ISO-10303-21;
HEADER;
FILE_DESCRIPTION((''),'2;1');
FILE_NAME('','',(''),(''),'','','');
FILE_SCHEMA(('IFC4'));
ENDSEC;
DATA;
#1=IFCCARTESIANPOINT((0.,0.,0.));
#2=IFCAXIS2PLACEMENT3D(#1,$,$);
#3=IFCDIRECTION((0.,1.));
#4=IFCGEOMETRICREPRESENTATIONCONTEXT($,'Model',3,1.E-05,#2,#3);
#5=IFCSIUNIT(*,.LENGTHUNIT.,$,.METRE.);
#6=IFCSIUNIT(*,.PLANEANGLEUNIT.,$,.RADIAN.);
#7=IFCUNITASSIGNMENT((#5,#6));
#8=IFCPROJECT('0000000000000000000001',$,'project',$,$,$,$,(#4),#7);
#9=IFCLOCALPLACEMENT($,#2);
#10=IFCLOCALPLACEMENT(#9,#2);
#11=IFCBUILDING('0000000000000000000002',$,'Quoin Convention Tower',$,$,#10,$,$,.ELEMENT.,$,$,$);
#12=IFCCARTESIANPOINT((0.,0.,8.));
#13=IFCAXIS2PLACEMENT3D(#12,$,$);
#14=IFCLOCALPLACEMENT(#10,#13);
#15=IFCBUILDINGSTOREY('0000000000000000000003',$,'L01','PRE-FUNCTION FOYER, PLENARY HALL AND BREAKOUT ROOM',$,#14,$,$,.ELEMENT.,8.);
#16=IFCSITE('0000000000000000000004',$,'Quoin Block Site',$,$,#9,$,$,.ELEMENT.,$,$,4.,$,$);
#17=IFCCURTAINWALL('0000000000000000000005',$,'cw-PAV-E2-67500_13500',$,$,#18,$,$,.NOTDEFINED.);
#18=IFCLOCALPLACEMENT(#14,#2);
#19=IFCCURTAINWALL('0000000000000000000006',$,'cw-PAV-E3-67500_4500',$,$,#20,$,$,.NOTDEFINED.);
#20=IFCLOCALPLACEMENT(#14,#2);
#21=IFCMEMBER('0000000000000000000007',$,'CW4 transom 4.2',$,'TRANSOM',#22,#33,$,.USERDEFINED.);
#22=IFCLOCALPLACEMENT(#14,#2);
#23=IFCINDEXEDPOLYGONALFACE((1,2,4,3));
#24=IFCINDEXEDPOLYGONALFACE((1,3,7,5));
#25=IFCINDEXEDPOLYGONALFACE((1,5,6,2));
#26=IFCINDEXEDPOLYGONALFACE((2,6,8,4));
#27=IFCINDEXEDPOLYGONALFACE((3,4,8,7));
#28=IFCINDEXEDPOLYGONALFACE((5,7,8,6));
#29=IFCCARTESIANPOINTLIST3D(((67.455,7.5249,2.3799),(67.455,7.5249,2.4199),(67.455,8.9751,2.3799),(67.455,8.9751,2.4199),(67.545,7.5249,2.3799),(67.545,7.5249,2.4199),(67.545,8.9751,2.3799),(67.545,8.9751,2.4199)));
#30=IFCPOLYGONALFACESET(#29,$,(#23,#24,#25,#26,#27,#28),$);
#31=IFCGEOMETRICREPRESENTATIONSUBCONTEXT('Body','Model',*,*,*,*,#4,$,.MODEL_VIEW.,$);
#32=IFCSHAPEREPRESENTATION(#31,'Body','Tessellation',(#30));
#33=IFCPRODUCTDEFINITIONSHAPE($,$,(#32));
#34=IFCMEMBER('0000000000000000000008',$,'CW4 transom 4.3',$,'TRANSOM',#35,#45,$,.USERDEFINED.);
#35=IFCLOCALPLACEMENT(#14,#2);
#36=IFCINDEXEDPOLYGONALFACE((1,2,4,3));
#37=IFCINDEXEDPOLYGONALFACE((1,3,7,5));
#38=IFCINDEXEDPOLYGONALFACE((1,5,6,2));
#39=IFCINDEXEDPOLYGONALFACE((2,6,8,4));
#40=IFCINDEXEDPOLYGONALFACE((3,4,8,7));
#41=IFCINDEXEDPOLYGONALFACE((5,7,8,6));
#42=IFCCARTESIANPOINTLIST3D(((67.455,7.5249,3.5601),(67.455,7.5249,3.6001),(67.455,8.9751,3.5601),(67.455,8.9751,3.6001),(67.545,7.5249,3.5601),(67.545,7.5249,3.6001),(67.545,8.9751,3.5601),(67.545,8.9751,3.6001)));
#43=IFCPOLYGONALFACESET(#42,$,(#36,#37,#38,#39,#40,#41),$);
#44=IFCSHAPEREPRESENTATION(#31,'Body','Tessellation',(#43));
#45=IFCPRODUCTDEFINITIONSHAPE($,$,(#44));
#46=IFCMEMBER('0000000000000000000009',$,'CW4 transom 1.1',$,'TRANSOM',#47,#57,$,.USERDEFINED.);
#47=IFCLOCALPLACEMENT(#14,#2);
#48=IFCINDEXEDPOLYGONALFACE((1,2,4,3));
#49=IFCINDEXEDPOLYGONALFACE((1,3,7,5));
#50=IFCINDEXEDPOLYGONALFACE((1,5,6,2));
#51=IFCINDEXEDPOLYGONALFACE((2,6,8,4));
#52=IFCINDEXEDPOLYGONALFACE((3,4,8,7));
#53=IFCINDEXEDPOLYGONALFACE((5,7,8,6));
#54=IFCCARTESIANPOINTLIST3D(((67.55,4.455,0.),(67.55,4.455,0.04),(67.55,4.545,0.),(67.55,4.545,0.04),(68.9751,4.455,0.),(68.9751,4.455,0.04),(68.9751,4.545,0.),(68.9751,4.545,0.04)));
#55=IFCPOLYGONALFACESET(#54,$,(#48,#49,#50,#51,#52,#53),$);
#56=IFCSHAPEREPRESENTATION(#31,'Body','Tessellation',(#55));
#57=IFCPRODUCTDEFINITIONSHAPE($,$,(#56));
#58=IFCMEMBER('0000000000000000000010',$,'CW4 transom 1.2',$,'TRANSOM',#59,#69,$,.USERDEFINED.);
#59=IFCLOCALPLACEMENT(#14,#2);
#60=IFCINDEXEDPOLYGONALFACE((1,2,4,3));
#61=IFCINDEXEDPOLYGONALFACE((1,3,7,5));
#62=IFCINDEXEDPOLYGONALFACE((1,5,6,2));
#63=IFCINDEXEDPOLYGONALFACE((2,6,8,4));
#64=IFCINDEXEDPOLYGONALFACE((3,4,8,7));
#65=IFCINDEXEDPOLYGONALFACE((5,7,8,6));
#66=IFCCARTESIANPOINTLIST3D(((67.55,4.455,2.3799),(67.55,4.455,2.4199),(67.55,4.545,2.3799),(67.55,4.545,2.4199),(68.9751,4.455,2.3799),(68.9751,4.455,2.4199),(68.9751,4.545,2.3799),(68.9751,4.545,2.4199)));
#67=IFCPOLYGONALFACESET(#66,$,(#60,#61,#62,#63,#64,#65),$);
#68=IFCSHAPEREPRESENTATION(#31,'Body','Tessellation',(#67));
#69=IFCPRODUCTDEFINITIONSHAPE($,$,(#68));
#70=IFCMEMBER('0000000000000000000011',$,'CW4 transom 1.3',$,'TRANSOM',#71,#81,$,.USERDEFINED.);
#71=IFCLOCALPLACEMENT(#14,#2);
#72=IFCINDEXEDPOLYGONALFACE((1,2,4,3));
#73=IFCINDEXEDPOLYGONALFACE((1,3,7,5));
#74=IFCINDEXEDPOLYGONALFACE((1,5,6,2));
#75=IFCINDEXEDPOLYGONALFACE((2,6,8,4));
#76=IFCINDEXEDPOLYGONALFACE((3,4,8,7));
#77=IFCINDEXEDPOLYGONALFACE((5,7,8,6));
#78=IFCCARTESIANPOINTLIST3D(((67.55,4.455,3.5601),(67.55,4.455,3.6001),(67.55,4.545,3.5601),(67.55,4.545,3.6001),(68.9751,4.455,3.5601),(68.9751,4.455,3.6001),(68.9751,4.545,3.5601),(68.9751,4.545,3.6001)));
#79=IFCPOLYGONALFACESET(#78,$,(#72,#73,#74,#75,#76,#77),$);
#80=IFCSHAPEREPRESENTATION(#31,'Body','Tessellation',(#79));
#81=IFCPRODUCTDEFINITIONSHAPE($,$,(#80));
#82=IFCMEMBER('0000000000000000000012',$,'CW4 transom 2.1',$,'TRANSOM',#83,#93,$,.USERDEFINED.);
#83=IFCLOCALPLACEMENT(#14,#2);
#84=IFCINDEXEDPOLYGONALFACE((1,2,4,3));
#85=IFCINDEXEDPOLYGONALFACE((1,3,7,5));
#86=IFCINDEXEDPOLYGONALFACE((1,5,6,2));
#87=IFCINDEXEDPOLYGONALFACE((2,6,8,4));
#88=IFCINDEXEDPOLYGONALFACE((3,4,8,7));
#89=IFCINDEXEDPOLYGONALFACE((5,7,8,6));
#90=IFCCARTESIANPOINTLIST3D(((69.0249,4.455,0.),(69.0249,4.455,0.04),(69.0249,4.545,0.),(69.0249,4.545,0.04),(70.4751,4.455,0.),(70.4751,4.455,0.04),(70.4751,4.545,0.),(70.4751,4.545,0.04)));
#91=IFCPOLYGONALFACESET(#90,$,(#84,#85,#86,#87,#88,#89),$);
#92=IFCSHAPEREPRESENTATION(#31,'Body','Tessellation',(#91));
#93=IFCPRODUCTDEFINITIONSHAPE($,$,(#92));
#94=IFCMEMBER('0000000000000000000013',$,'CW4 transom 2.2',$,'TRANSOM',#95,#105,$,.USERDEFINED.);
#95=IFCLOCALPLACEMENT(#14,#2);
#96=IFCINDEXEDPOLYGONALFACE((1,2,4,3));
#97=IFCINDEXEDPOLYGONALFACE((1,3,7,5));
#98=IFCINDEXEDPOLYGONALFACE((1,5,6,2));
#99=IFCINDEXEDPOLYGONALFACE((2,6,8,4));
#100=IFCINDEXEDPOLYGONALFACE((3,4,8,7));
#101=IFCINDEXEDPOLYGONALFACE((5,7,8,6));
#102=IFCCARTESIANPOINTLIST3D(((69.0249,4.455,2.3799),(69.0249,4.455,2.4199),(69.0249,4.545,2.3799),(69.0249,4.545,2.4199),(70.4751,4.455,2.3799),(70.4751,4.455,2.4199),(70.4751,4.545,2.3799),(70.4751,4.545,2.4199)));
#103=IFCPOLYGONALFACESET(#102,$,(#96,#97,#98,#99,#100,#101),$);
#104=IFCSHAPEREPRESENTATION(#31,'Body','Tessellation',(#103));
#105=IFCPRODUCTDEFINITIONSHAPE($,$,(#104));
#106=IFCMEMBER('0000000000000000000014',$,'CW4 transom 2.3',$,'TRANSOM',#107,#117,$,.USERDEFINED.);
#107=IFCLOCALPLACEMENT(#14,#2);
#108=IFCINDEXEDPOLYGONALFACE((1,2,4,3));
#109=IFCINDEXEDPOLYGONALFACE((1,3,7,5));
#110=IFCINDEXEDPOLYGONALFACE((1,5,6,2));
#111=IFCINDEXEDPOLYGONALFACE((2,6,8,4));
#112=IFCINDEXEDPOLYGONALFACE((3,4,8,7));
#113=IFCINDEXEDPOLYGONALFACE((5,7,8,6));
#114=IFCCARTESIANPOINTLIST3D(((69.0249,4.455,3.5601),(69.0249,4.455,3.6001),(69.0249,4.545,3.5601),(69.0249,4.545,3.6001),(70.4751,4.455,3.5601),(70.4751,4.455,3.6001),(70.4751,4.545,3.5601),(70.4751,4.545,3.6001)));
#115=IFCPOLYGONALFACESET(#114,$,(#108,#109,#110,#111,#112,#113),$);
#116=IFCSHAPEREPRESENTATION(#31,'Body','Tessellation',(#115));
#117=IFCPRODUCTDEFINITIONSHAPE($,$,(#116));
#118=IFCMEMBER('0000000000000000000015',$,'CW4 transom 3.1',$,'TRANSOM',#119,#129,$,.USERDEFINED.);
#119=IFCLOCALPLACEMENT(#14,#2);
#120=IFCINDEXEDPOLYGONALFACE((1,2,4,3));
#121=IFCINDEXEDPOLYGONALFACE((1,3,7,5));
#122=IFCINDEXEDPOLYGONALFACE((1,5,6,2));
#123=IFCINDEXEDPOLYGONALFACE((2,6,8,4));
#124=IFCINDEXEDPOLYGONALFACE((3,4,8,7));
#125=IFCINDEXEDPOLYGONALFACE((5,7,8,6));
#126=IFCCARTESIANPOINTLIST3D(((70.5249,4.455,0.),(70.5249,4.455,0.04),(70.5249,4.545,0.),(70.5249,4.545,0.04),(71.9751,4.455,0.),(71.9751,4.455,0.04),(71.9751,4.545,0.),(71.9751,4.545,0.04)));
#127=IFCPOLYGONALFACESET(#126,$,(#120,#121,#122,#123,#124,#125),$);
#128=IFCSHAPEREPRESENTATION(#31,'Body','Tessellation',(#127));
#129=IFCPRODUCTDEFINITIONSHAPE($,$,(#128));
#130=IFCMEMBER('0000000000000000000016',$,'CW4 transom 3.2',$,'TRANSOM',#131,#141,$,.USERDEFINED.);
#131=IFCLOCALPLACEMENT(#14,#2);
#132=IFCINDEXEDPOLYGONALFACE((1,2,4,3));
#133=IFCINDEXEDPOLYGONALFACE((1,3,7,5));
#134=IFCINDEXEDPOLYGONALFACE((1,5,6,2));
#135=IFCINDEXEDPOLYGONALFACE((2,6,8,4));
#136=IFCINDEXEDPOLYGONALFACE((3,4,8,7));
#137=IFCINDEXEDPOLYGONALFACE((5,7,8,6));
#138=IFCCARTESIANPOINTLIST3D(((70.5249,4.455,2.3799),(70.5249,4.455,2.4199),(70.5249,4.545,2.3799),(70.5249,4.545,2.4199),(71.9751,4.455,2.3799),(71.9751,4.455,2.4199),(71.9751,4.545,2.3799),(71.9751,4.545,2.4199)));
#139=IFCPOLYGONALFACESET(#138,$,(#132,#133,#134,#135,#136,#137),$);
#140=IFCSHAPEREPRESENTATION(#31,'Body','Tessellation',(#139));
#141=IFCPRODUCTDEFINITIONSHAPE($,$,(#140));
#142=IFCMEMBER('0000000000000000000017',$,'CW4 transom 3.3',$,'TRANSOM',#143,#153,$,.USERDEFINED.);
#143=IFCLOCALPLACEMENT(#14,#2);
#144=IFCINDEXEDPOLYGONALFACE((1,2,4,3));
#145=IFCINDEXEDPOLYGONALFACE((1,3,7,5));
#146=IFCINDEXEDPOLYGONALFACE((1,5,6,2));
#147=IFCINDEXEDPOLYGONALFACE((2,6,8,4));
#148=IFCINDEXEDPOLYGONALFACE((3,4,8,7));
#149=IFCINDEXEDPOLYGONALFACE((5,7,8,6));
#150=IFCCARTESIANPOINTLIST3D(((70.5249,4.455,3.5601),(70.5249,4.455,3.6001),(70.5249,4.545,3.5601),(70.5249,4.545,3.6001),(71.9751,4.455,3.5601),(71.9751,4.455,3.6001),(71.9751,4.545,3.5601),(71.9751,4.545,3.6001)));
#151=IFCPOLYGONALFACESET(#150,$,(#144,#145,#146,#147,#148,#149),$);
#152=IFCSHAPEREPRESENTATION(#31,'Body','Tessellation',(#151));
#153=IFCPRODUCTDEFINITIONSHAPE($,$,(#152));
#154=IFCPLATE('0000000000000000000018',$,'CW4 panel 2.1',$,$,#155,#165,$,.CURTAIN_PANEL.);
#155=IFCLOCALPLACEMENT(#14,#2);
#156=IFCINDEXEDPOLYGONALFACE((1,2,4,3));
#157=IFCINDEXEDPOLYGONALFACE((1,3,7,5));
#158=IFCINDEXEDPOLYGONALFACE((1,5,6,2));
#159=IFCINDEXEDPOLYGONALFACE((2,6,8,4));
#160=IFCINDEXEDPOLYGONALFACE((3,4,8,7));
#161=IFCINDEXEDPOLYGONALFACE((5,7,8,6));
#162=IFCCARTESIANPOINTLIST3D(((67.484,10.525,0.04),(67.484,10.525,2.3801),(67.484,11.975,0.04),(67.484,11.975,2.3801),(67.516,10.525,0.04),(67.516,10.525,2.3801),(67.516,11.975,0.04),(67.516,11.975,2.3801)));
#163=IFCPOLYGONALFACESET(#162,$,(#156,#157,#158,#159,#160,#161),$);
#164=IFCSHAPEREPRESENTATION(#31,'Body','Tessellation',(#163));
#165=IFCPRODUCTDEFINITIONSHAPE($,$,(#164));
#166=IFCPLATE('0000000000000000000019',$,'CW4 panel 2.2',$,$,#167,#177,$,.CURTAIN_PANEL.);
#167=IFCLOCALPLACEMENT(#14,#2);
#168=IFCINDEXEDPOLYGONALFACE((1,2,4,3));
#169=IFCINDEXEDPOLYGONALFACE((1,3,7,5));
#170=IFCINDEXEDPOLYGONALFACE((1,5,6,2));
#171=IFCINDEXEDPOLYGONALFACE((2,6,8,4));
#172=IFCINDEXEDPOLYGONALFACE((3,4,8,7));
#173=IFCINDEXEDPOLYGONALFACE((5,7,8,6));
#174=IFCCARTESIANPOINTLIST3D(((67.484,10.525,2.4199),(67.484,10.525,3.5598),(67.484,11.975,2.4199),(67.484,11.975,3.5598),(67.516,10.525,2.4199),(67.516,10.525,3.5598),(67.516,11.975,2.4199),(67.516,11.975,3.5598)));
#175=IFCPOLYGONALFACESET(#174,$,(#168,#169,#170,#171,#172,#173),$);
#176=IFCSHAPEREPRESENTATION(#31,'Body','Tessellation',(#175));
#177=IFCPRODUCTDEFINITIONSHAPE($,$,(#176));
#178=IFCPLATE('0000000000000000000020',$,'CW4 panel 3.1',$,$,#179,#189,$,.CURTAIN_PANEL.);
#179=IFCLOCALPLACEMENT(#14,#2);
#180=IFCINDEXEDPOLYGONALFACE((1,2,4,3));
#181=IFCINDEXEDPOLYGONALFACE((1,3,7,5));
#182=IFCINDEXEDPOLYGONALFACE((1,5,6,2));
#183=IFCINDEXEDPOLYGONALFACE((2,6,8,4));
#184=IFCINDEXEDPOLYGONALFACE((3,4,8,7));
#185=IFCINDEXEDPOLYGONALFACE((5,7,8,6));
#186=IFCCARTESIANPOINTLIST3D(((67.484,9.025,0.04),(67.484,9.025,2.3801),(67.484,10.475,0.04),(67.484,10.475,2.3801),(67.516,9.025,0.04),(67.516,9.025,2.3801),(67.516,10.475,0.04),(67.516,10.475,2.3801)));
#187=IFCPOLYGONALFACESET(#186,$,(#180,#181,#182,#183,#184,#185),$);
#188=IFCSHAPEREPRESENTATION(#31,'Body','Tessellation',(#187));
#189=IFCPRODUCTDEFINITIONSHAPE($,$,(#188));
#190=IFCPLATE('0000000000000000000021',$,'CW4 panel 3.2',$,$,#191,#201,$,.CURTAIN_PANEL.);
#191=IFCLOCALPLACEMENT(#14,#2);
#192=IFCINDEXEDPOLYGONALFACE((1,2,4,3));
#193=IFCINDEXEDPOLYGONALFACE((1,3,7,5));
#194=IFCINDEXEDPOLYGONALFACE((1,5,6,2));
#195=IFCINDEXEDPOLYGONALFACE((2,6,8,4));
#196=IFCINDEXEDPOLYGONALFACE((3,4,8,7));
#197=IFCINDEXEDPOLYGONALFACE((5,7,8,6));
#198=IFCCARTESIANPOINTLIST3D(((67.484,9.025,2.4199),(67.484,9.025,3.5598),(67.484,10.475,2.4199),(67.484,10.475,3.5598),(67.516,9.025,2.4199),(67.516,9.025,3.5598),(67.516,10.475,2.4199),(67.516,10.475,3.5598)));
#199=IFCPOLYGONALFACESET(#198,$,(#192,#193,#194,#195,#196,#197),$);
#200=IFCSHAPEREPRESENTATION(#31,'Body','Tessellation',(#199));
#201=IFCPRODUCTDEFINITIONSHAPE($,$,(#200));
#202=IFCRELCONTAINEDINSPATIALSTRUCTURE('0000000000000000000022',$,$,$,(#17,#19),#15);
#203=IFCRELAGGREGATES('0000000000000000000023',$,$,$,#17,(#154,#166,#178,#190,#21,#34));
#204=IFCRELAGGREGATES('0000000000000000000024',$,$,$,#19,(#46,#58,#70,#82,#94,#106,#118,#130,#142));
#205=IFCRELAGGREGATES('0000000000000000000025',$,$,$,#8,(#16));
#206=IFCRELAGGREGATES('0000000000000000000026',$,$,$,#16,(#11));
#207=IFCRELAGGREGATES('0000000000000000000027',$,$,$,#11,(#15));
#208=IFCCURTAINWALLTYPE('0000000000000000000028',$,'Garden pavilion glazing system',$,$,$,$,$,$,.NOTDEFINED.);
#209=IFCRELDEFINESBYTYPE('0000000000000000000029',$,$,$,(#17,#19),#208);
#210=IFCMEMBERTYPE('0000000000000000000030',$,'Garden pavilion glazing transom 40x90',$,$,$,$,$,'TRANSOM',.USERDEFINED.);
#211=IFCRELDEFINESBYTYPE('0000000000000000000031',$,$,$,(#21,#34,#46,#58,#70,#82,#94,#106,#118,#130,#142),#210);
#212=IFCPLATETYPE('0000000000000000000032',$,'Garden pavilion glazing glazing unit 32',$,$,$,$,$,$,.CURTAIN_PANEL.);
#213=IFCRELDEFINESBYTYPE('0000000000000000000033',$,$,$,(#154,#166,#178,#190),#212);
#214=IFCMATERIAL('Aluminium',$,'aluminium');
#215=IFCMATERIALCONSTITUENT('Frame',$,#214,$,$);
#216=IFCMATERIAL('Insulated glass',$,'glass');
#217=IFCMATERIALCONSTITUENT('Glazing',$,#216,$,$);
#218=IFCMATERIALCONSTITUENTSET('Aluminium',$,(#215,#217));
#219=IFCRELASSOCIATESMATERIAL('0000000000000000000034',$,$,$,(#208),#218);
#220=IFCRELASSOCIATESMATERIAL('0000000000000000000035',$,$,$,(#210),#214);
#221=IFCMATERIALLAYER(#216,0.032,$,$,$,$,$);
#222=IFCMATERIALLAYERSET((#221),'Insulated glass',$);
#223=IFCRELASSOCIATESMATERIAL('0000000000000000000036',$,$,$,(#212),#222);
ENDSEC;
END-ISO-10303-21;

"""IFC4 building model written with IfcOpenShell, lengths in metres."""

from ifc_helpers import new_model, si_unit, direction, frame, origin, origin_2d, place, context, subcontext, project, spatial, rectangle, extrude, material, layer, layer_set, constituent, constituent_set, material_profile, profile_set, type_object, element, aggregate, save


model = new_model("IFC4")

# Units and contexts
model_context = context("Model", 3, precision=1e-05, world=origin(), true_north=direction((0.0, 1.0)))
body_context = subcontext(model_context, "Body", "Model", "MODEL_VIEW")
ifc_project = project(units=[si_unit("LENGTHUNIT", "METRE"), si_unit("PLANEANGLEUNIT", "RADIAN")], contexts=[model_context])

# Site, building, storey
site_placement = place(None, origin())
site = spatial("IfcSite", under=ifc_project, at=site_placement, Name="Quoin Block Site", CompositionType="ELEMENT", RefElevation=4.0)
building_placement = place(site_placement, origin())
building = spatial("IfcBuilding", under=site, at=building_placement, Name="Quoin Convention Tower", CompositionType="ELEMENT")
storey_placement = place(building_placement, frame((0.0, 0.0, 8.0)))
storey = spatial("IfcBuildingStorey", under=building, at=storey_placement, Name="L01", Description="PRE-FUNCTION FOYER, PLENARY HALL AND BREAKOUT ROOM", CompositionType="ELEMENT", Elevation=8.0)

# Curtain walls
ifc_material_1 = material(Name="Aluminium", Category="aluminium")
ifc_constituent_1 = constituent(ifc_material_1, Name="Frame")
ifc_material_2 = material(Name="Insulated glass", Category="glass")
ifc_constituent_2 = constituent(ifc_material_2, Name="Glazing")
ifc_constituent_set = constituent_set(constituents=[ifc_constituent_1, ifc_constituent_2], Name="Aluminium")
curtain_wall_type = type_object("IfcCurtainWallType", Name="Garden pavilion glazing system", PredefinedType="NOTDEFINED", material=ifc_constituent_set)
curtain_wall_1_placement = place(storey_placement, origin())
curtain_wall_1 = element("IfcCurtainWall", 1, at=curtain_wall_1_placement, inside=storey, type_object=curtain_wall_type, Name="cw-PAV-E2-67500_13500", PredefinedType="NOTDEFINED")
curtain_wall_2_placement = place(storey_placement, origin())
curtain_wall_2 = element("IfcCurtainWall", 2, at=curtain_wall_2_placement, inside=storey, type_object=curtain_wall_type, Name="cw-PAV-E3-67500_4500", PredefinedType="NOTDEFINED")

# Members
ifc_material_profile_1 = material_profile(ifc_material_1, rectangle(XDim=0.0901, YDim=0.04, at=origin_2d()), Name="Garden pavilion glazing transom 40x90")
ifc_profile_set_1 = profile_set([ifc_material_profile_1], Name="Aluminium")
member_type_1 = type_object("IfcMemberType", Name="Garden pavilion glazing transom 40x90", ElementType="TRANSOM", PredefinedType="USERDEFINED", material=ifc_profile_set_1)
member_1_placement = place(storey_placement, frame((67.5, 8.9751, 2.3999), z_axis=(0.0, -1.0, 0.0), x_axis=(1.0, 0.0, 0.0)))
member_1 = element("IfcMember", 3, at=member_1_placement, type_object=member_type_1, Name="CW4 transom 4.2", ObjectType="TRANSOM", PredefinedType="USERDEFINED", context=body_context, shape_type="SweptSolid", body=[
    extrude(rectangle(XDim=0.0901, YDim=0.04, at=origin_2d()), origin(), (0.0, 0.0, 1.0), 1.4502),
])
member_2_placement = place(storey_placement, frame((67.5, 8.9751, 3.5801), z_axis=(0.0, -1.0, 0.0), x_axis=(1.0, 0.0, 0.0)))
member_2 = element("IfcMember", 4, at=member_2_placement, type_object=member_type_1, Name="CW4 transom 4.3", ObjectType="TRANSOM", PredefinedType="USERDEFINED", context=body_context, shape_type="SweptSolid", body=[
    extrude(rectangle(XDim=0.0901, YDim=0.04, at=origin_2d()), origin(), (0.0, 0.0, 1.0), 1.4502),
])
member_3_placement = place(storey_placement, frame((67.55, 4.5, 0.02), z_axis=(1.0, 0.0, 0.0), x_axis=(0.0, 1.0, 0.0)))
member_3 = element("IfcMember", 5, at=member_3_placement, type_object=member_type_1, Name="CW4 transom 1.1", ObjectType="TRANSOM", PredefinedType="USERDEFINED", context=body_context, shape_type="SweptSolid", body=[
    extrude(rectangle(XDim=0.0901, YDim=0.04, at=origin_2d()), origin(), (0.0, 0.0, 1.0), 1.425),
])
member_4_placement = place(storey_placement, frame((67.55, 4.5, 2.3999), z_axis=(1.0, 0.0, 0.0), x_axis=(0.0, 1.0, 0.0)))
member_4 = element("IfcMember", 6, at=member_4_placement, type_object=member_type_1, Name="CW4 transom 1.2", ObjectType="TRANSOM", PredefinedType="USERDEFINED", context=body_context, shape_type="SweptSolid", body=[
    extrude(rectangle(XDim=0.0901, YDim=0.04, at=origin_2d()), origin(), (0.0, 0.0, 1.0), 1.425),
])
member_5_placement = place(storey_placement, frame((67.55, 4.5, 3.5801), z_axis=(1.0, 0.0, 0.0), x_axis=(0.0, 1.0, 0.0)))
member_5 = element("IfcMember", 7, at=member_5_placement, type_object=member_type_1, Name="CW4 transom 1.3", ObjectType="TRANSOM", PredefinedType="USERDEFINED", context=body_context, shape_type="SweptSolid", body=[
    extrude(rectangle(XDim=0.0901, YDim=0.04, at=origin_2d()), origin(), (0.0, 0.0, 1.0), 1.425),
])
member_6_placement = place(storey_placement, frame((69.0249, 4.5, 0.02), z_axis=(1.0, 0.0, 0.0), x_axis=(0.0, 1.0, 0.0)))
member_6 = element("IfcMember", 8, at=member_6_placement, type_object=member_type_1, Name="CW4 transom 2.1", ObjectType="TRANSOM", PredefinedType="USERDEFINED", context=body_context, shape_type="SweptSolid", body=[
    extrude(rectangle(XDim=0.0901, YDim=0.04, at=origin_2d()), origin(), (0.0, 0.0, 1.0), 1.4502),
])
member_7_placement = place(storey_placement, frame((69.0249, 4.5, 2.3999), z_axis=(1.0, 0.0, 0.0), x_axis=(0.0, 1.0, 0.0)))
member_7 = element("IfcMember", 9, at=member_7_placement, type_object=member_type_1, Name="CW4 transom 2.2", ObjectType="TRANSOM", PredefinedType="USERDEFINED", context=body_context, shape_type="SweptSolid", body=[
    extrude(rectangle(XDim=0.0901, YDim=0.04, at=origin_2d()), origin(), (0.0, 0.0, 1.0), 1.4502),
])
member_8_placement = place(storey_placement, frame((69.0249, 4.5, 3.5801), z_axis=(1.0, 0.0, 0.0), x_axis=(0.0, 1.0, 0.0)))
member_8 = element("IfcMember", 10, at=member_8_placement, type_object=member_type_1, Name="CW4 transom 2.3", ObjectType="TRANSOM", PredefinedType="USERDEFINED", context=body_context, shape_type="SweptSolid", body=[
    extrude(rectangle(XDim=0.0901, YDim=0.04, at=origin_2d()), origin(), (0.0, 0.0, 1.0), 1.4502),
])
member_9_placement = place(storey_placement, frame((70.5249, 4.5, 0.02), z_axis=(1.0, 0.0, 0.0), x_axis=(0.0, 1.0, 0.0)))
member_9 = element("IfcMember", 11, at=member_9_placement, type_object=member_type_1, Name="CW4 transom 3.1", ObjectType="TRANSOM", PredefinedType="USERDEFINED", context=body_context, shape_type="SweptSolid", body=[
    extrude(rectangle(XDim=0.0901, YDim=0.04, at=origin_2d()), origin(), (0.0, 0.0, 1.0), 1.4502),
])
member_10_placement = place(storey_placement, frame((70.5249, 4.5, 2.3999), z_axis=(1.0, 0.0, 0.0), x_axis=(0.0, 1.0, 0.0)))
member_10 = element("IfcMember", 12, at=member_10_placement, type_object=member_type_1, Name="CW4 transom 3.2", ObjectType="TRANSOM", PredefinedType="USERDEFINED", context=body_context, shape_type="SweptSolid", body=[
    extrude(rectangle(XDim=0.0901, YDim=0.04, at=origin_2d()), origin(), (0.0, 0.0, 1.0), 1.4502),
])
member_11_placement = place(storey_placement, frame((70.5249, 4.5, 3.5801), z_axis=(1.0, 0.0, 0.0), x_axis=(0.0, 1.0, 0.0)))
member_11 = element("IfcMember", 13, at=member_11_placement, type_object=member_type_1, Name="CW4 transom 3.3", ObjectType="TRANSOM", PredefinedType="USERDEFINED", context=body_context, shape_type="SweptSolid", body=[
    extrude(rectangle(XDim=0.0901, YDim=0.04, at=origin_2d()), origin(), (0.0, 0.0, 1.0), 1.4502),
])

# Plates
ifc_layer = layer(ifc_material_2, 0.032)
ifc_layer_set = layer_set([ifc_layer], Name="Insulated glass")
plate_type = type_object("IfcPlateType", Name="Garden pavilion glazing glazing unit 32", PredefinedType="CURTAIN_PANEL", material=ifc_layer_set)
plate_1_placement = place(storey_placement, frame((67.5, 11.25, 0.04), z_axis=(0.0, 0.0, 1.0), x_axis=(0.0, -1.0, 0.0)))
plate_1 = element("IfcPlate", 14, at=plate_1_placement, type_object=plate_type, Name="CW4 panel 2.1", PredefinedType="CURTAIN_PANEL", context=body_context, shape_type="SweptSolid", body=[
    extrude(rectangle(XDim=1.45, YDim=0.032, at=origin_2d()), origin(), (0.0, 0.0, 1.0), 2.3401),
])
plate_2_placement = place(storey_placement, frame((67.5, 11.25, 2.4199), z_axis=(0.0, 0.0, 1.0), x_axis=(0.0, -1.0, 0.0)))
plate_2 = element("IfcPlate", 15, at=plate_2_placement, type_object=plate_type, Name="CW4 panel 2.2", PredefinedType="CURTAIN_PANEL", context=body_context, shape_type="SweptSolid", body=[
    extrude(rectangle(XDim=1.45, YDim=0.032, at=origin_2d()), origin(), (0.0, 0.0, 1.0), 1.1399),
])
plate_3_placement = place(storey_placement, frame((67.5, 9.75, 0.04), z_axis=(0.0, 0.0, 1.0), x_axis=(0.0, -1.0, 0.0)))
plate_3 = element("IfcPlate", 16, at=plate_3_placement, type_object=plate_type, Name="CW4 panel 3.1", PredefinedType="CURTAIN_PANEL", context=body_context, shape_type="SweptSolid", body=[
    extrude(rectangle(XDim=1.45, YDim=0.032, at=origin_2d()), origin(), (0.0, 0.0, 1.0), 2.3401),
])
plate_4_placement = place(storey_placement, frame((67.5, 9.75, 2.4199), z_axis=(0.0, 0.0, 1.0), x_axis=(0.0, -1.0, 0.0)))
plate_4 = element("IfcPlate", 17, at=plate_4_placement, type_object=plate_type, Name="CW4 panel 3.2", PredefinedType="CURTAIN_PANEL", context=body_context, shape_type="SweptSolid", body=[
    extrude(rectangle(XDim=1.45, YDim=0.032, at=origin_2d()), origin(), (0.0, 0.0, 1.0), 1.1399),
])
aggregate(curtain_wall_1, [plate_1, plate_2, plate_3, plate_4, member_1, member_2])
aggregate(curtain_wall_2, [member_3, member_4, member_5, member_6, member_7, member_8, member_9, member_10, member_11])

save(model, "model.ifc")
